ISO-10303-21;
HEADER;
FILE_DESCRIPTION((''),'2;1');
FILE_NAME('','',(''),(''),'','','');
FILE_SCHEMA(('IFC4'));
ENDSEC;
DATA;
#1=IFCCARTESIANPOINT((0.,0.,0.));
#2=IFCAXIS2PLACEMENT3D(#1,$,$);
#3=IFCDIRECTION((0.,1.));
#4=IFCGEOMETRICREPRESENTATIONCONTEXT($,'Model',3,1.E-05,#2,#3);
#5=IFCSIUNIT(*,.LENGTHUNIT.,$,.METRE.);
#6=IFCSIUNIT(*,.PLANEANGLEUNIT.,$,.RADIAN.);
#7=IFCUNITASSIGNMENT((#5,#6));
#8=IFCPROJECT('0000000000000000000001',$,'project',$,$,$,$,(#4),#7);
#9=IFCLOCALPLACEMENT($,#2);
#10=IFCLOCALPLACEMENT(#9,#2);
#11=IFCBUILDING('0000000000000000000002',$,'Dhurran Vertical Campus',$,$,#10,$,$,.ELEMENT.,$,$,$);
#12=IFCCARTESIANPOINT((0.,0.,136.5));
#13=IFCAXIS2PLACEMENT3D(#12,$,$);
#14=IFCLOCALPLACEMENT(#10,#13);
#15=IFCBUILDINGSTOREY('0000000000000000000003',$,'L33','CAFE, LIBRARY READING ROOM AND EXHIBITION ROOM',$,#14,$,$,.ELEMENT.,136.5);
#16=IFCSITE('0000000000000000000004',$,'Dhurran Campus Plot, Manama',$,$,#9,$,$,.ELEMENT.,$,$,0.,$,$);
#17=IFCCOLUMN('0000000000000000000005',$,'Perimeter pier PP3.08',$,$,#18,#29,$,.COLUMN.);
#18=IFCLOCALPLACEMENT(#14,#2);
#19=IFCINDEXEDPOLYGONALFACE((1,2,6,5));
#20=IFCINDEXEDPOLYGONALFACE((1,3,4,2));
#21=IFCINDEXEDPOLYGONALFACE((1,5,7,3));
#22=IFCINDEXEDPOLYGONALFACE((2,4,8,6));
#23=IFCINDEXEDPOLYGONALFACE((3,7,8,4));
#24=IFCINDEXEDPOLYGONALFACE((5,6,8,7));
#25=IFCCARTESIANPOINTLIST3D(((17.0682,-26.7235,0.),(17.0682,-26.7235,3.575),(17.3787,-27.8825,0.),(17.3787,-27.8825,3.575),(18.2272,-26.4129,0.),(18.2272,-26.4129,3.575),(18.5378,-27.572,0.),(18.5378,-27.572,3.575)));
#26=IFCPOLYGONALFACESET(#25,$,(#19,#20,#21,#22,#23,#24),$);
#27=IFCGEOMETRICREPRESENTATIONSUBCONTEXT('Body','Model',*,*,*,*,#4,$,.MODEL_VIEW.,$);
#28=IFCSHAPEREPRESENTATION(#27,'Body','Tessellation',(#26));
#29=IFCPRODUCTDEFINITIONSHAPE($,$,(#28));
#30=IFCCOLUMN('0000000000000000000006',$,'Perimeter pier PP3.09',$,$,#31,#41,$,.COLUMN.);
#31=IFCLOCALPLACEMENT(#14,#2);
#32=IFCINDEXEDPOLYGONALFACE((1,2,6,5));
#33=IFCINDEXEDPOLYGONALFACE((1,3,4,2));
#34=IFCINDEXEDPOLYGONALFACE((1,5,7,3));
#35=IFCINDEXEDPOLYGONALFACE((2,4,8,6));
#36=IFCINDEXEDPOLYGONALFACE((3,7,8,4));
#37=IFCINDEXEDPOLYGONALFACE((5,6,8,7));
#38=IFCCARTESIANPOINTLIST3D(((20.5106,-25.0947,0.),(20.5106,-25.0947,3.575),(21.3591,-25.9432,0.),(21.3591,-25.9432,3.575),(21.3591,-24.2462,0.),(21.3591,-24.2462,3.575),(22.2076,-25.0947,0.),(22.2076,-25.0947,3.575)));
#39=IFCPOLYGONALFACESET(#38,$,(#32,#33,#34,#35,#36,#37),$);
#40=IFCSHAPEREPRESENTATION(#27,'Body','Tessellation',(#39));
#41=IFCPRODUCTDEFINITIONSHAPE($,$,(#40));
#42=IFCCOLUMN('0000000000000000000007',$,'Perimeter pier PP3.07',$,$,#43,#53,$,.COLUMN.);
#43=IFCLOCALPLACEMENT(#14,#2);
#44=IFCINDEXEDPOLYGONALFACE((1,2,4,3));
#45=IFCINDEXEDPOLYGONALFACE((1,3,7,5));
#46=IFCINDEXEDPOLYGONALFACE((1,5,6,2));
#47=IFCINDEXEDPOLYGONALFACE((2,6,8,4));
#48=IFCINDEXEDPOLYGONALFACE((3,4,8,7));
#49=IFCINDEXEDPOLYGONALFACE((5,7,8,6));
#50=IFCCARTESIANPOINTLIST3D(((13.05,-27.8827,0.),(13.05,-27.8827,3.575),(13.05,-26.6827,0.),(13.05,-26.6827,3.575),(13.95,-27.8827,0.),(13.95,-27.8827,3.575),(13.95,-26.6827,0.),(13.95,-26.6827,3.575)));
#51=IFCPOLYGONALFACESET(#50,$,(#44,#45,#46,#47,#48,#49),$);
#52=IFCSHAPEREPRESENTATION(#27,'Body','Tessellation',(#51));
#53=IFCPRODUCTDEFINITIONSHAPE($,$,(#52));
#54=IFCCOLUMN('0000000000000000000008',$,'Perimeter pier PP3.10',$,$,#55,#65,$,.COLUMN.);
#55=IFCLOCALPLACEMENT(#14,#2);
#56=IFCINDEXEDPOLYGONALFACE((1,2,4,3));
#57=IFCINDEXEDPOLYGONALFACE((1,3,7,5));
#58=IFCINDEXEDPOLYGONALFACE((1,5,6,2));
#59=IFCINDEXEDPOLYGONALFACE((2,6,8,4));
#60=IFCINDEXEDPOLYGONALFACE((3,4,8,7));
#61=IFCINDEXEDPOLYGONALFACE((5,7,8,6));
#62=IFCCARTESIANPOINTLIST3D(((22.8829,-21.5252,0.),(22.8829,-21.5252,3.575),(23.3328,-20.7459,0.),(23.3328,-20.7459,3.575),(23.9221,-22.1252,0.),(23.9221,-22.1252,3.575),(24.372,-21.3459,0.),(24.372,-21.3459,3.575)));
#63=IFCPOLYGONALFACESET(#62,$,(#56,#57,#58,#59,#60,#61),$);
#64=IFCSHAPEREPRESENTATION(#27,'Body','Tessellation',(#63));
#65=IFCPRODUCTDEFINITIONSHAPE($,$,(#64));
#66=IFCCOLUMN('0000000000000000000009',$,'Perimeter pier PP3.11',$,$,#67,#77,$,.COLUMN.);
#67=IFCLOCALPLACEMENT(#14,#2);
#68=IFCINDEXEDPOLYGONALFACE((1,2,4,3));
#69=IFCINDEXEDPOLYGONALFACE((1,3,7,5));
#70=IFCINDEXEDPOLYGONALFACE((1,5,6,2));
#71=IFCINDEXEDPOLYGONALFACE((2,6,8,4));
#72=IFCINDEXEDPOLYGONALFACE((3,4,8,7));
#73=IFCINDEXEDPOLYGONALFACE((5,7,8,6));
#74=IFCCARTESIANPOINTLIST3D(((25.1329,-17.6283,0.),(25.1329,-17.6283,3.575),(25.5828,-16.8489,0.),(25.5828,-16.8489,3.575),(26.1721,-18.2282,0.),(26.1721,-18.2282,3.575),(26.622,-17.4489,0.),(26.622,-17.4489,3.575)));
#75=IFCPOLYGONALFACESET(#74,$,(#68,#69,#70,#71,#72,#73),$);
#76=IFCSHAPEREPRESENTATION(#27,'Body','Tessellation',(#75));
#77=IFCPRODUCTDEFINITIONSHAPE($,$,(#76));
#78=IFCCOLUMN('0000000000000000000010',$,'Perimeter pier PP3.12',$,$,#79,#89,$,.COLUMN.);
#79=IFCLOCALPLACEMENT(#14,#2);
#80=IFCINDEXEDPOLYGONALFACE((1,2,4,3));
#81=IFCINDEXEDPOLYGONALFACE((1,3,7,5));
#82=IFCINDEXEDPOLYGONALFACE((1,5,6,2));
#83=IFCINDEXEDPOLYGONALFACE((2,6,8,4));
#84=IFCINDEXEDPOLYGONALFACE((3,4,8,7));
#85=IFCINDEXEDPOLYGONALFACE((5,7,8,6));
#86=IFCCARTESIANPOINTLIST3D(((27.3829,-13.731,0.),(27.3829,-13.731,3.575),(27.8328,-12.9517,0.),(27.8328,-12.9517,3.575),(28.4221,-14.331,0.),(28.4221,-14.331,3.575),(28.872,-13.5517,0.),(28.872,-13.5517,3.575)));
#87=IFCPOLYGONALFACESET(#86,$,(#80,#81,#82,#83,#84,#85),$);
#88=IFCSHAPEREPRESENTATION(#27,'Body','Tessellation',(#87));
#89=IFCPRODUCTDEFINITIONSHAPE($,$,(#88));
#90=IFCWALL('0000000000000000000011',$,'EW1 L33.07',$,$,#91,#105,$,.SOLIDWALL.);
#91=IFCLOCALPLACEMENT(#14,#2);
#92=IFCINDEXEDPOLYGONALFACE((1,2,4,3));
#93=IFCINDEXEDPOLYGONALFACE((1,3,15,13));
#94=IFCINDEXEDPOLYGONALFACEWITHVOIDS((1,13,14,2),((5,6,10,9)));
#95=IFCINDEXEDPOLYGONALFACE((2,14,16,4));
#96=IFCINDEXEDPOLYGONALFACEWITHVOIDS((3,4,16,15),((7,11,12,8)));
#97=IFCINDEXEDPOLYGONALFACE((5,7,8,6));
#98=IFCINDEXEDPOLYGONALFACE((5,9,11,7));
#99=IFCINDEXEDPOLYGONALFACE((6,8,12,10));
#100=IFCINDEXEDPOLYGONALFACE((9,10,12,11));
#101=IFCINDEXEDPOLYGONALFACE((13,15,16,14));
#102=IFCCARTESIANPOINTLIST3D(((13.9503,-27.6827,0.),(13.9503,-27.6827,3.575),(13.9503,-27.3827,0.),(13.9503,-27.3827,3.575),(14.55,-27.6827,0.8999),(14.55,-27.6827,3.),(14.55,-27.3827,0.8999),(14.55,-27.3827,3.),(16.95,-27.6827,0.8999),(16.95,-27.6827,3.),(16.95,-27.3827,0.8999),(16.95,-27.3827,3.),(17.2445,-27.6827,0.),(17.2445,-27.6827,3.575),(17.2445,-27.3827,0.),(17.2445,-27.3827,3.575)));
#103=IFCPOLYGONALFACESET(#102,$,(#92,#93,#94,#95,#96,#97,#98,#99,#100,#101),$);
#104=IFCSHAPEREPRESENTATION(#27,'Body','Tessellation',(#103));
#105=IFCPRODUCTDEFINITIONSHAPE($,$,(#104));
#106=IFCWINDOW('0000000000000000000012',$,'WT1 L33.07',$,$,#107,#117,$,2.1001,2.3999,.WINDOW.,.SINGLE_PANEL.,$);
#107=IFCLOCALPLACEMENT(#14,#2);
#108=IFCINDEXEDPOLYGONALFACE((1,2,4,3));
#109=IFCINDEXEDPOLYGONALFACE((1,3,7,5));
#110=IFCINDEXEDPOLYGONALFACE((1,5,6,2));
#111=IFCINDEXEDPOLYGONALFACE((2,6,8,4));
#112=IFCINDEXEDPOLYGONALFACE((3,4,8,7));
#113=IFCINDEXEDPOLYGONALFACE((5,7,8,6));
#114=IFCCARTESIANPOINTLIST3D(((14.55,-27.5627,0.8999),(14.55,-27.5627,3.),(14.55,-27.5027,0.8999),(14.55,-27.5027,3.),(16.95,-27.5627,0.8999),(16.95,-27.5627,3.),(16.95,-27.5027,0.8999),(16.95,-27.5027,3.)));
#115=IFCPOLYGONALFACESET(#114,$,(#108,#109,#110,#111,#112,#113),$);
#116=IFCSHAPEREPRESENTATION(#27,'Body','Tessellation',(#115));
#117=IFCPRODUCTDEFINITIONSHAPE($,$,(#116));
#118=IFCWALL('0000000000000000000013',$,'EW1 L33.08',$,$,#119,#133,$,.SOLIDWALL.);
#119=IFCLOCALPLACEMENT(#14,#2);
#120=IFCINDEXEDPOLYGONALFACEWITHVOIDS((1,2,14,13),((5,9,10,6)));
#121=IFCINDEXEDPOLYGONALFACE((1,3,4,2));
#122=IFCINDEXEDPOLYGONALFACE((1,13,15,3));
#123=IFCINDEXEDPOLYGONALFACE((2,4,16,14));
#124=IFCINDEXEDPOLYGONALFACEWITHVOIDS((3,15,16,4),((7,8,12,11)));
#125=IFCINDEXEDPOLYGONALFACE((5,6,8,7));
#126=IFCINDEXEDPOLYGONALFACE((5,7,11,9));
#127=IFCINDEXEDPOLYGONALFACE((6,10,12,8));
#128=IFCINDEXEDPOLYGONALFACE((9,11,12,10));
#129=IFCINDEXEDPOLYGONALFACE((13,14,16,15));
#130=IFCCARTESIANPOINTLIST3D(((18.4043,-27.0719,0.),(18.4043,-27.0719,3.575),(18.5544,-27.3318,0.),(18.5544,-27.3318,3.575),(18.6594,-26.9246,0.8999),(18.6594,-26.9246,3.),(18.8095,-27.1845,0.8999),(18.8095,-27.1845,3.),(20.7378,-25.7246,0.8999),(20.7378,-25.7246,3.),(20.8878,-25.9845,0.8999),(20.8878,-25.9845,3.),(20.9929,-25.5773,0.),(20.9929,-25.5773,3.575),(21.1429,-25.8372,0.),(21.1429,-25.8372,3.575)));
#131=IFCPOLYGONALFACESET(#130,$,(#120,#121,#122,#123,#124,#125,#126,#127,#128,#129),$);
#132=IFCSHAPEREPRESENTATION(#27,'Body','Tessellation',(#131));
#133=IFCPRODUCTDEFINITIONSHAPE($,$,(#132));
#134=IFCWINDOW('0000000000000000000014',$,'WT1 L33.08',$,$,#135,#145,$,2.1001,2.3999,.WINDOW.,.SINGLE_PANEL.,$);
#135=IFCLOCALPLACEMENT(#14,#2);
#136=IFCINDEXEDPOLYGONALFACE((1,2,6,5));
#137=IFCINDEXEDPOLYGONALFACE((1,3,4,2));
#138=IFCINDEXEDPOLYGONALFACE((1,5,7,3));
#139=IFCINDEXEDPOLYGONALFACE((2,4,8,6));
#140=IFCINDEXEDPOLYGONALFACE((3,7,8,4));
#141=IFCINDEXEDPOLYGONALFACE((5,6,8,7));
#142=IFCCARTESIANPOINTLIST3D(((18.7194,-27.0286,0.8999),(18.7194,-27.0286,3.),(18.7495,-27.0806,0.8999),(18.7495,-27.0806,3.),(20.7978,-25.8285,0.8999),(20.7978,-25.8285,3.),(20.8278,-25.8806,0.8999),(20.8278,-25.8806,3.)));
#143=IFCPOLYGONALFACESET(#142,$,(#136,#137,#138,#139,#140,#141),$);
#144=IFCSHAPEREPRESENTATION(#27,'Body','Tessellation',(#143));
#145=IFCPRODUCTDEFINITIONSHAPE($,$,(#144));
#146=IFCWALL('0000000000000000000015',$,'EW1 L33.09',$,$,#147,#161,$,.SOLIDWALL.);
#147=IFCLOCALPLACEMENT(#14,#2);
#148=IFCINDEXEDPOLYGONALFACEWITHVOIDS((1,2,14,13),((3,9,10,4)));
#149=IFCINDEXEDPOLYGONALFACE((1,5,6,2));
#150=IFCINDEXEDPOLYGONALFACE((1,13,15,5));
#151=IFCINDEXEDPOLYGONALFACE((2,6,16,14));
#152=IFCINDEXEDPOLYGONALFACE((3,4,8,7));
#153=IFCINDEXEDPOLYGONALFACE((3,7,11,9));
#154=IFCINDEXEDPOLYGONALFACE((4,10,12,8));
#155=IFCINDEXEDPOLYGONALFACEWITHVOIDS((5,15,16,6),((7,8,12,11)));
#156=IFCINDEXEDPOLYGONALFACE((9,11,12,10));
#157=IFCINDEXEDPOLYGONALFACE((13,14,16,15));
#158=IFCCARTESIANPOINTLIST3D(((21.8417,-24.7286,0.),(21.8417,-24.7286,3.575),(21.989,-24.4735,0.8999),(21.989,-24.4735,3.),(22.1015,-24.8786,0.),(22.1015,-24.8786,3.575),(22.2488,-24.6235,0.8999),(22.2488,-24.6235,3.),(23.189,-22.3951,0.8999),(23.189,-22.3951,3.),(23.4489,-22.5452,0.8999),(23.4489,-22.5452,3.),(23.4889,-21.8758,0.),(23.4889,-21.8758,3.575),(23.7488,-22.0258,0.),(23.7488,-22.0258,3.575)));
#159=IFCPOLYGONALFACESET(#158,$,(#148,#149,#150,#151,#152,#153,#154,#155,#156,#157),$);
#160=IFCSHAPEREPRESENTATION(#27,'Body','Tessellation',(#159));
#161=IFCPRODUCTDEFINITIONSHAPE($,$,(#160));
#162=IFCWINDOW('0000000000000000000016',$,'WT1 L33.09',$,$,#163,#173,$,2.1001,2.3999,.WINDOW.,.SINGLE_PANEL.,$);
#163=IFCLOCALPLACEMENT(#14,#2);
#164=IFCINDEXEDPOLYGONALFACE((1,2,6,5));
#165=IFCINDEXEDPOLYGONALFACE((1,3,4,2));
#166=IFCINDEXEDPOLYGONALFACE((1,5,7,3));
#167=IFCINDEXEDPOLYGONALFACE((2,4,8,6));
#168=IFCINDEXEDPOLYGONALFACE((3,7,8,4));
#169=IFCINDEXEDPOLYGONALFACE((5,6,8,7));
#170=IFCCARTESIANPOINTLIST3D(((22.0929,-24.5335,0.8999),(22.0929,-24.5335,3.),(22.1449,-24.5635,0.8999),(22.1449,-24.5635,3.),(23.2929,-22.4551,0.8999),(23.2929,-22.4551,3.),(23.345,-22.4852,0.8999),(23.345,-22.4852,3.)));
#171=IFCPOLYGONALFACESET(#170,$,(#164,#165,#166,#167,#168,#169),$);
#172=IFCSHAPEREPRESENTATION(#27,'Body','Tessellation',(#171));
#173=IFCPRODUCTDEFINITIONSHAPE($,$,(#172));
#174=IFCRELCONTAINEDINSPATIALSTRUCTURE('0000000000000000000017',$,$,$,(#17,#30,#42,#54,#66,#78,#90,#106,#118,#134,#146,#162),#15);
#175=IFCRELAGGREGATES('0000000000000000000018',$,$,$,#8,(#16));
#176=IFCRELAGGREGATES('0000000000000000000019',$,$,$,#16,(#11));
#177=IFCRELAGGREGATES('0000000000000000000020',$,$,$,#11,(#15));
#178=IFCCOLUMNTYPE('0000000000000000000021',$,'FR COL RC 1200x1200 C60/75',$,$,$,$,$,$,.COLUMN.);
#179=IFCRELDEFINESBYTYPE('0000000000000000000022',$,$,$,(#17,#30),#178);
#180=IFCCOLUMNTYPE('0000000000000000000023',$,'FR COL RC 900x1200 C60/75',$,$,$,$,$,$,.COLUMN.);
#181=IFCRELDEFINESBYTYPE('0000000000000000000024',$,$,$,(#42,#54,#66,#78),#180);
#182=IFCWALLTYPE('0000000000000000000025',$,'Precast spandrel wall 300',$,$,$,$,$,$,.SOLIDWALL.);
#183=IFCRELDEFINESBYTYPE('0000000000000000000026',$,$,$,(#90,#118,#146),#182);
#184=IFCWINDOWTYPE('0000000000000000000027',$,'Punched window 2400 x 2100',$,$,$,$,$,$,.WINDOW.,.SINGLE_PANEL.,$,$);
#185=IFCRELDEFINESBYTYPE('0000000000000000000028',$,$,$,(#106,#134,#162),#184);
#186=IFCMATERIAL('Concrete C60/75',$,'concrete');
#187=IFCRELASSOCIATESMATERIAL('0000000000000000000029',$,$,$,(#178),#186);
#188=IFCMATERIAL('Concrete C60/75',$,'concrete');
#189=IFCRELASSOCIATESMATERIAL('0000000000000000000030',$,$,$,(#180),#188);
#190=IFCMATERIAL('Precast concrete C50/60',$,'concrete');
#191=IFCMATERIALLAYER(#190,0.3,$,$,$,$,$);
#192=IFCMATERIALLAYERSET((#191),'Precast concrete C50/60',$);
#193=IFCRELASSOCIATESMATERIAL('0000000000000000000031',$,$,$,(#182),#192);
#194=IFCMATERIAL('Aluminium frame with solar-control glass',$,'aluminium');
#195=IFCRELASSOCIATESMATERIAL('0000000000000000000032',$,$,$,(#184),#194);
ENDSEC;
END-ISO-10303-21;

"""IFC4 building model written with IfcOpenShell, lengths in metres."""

from ifc_helpers import new_model, si_unit, direction, frame, frame_2d, origin, origin_2d, place, context, subcontext, project, spatial, rectangle, extrude, material, layer, layer_set, material_profile, profile_set, type_object, element, fill, save


model = new_model("IFC4")

# Units and contexts
model_context = context("Model", 3, precision=1e-05, world=origin(), true_north=direction((0.0, 1.0)))
body_context = subcontext(model_context, "Body", "Model", "MODEL_VIEW")
ifc_project = project(units=[si_unit("LENGTHUNIT", "METRE"), si_unit("PLANEANGLEUNIT", "RADIAN")], contexts=[model_context])

# Site, building, storey
site_placement = place(None, origin())
site = spatial("IfcSite", under=ifc_project, at=site_placement, Name="Dhurran Campus Plot, Manama", CompositionType="ELEMENT", RefElevation=0.0)
building_placement = place(site_placement, origin())
building = spatial("IfcBuilding", under=site, at=building_placement, Name="Dhurran Vertical Campus", CompositionType="ELEMENT")
storey_placement = place(building_placement, frame((0.0, 0.0, 136.5)))
storey = spatial("IfcBuildingStorey", under=building, at=storey_placement, Name="L33", Description="CAFE, LIBRARY READING ROOM AND EXHIBITION ROOM", CompositionType="ELEMENT", Elevation=136.5)

# Columns
ifc_material_1 = material(Name="Concrete C60/75", Category="concrete")
ifc_material_profile_1 = material_profile(ifc_material_1, rectangle(XDim=1.2, YDim=1.2, at=origin_2d()), Name="RC 1200x1200")
ifc_profile_set_1 = profile_set([ifc_material_profile_1], Name="Concrete C60/75")
column_type_1 = type_object("IfcColumnType", Name="FR COL RC 1200x1200 C60/75", PredefinedType="COLUMN", material=ifc_profile_set_1)
for number, where, z_axis, x_axis, name in (
    (1, (17.803, -27.1477, 0.0), (0.0, 0.0, 1.0), (0.965926, 0.258819, 0.0), "Perimeter pier PP3.08"),
    (2, (21.3591, -25.0947, 0.0), (0.0, 0.0, 1.0), (0.707107, 0.707107, 0.0), "Perimeter pier PP3.09"),
):
    element("IfcColumn", number, at=place(storey_placement, frame(where, z_axis=z_axis, x_axis=x_axis)), inside=storey, type_object=column_type_1, Name=name, PredefinedType="COLUMN", context=body_context, shape_type="SweptSolid", body=[
        extrude(rectangle(XDim=1.2, YDim=1.2, at=origin_2d()), origin(), (0.0, 0.0, 1.0), 3.575),
    ])
ifc_material_2 = material(Name="Concrete C60/75", Category="concrete")
ifc_material_profile_2 = material_profile(ifc_material_2, rectangle(XDim=0.8999, YDim=1.2, at=origin_2d()), Name="RC 900x1200")
ifc_profile_set_2 = profile_set([ifc_material_profile_2], Name="Concrete C60/75")
column_type_2 = type_object("IfcColumnType", Name="FR COL RC 900x1200 C60/75", PredefinedType="COLUMN", material=ifc_profile_set_2)
for number, where, z_axis, x_axis, name in (
    (3, (13.5, -27.2827, 0.0), (0.0, 0.0, 1.0), (1.0, 0.0, 0.0), "Perimeter pier PP3.07"),
    (4, (23.6274, -21.4355, 0.0), (0.0, 0.0, 1.0), (0.5, 0.866025, 0.0), "Perimeter pier PP3.10"),
    (5, (25.8774, -17.5386, 0.0), (0.0, 0.0, 1.0), (0.5, 0.866025, 0.0), "Perimeter pier PP3.11"),
    (6, (28.1274, -13.6414, 0.0), (0.0, 0.0, 1.0), (0.5, 0.866025, 0.0), "Perimeter pier PP3.12"),
):
    element("IfcColumn", number, at=place(storey_placement, frame(where, z_axis=z_axis, x_axis=x_axis)), inside=storey, type_object=column_type_2, Name=name, PredefinedType="COLUMN", context=body_context, shape_type="SweptSolid", body=[
        extrude(rectangle(XDim=0.8999, YDim=1.2, at=origin_2d()), origin(), (0.0, 0.0, 1.0), 3.575),
    ])

# Walls, openings, windows
ifc_material_3 = material(Name="Precast concrete C50/60", Category="concrete")
ifc_layer_1 = layer(ifc_material_3, 0.3)
ifc_layer_set_1 = layer_set([ifc_layer_1], Name="Precast concrete C50/60")
wall_type_1 = type_object("IfcWallType", Name="Precast spandrel wall 300", PredefinedType="SOLIDWALL", material=ifc_layer_set_1)
wall_1_placement = place(storey_placement, frame((13.9504, -27.5327, 0.0), z_axis=(0.0, 0.0, 1.0), x_axis=(1.0, 0.0, 0.0)))
wall_1 = element("IfcWall", 7, at=wall_1_placement, inside=storey, type_object=wall_type_1, Name="EW1 L33.07", PredefinedType="SOLIDWALL", context=body_context, shape_type="SweptSolid", body=[
    extrude(rectangle(XDim=3.2942, YDim=0.3, at=frame_2d((1.647, 0.0))), origin(), (0.0, 0.0, 1.0), 3.575),
])
opening_1_placement = place(wall_1_placement, frame((0.5996, 0.0, 0.8999)))
opening_1 = element("IfcOpeningElement", 8, at=opening_1_placement, cuts=wall_1, PredefinedType="OPENING", context=body_context, shape_type="SweptSolid", body=[
    extrude(rectangle(XDim=2.3999, YDim=2.1001, at=frame_2d((1.2, 1.05))), frame((0.0, 0.1599, 0.0), z_axis=(0.0, -1.0, 0.0), x_axis=(1.0, 0.0, 0.0)), (0.0, 0.0, 1.0), 0.3201),
])
ifc_material_4 = material(Name="Aluminium frame with solar-control glass", Category="aluminium")
window_type = type_object("IfcWindowType", Name="Punched window 2400 x 2100", PartitioningType="SINGLE_PANEL", PredefinedType="WINDOW", material=ifc_material_4)
window_1_placement = place(opening_1_placement, origin())
window_1 = element("IfcWindow", 9, at=window_1_placement, inside=storey, type_object=window_type, Name="WT1 L33.07", OverallHeight=2.1001, OverallWidth=2.3999, PartitioningType="SINGLE_PANEL", PredefinedType="WINDOW", context=body_context, shape_type="SweptSolid", body=[
    extrude(rectangle(XDim=2.3999, YDim=2.1001, at=frame_2d((1.2, 1.05))), frame((0.0, 0.03, 0.0), z_axis=(0.0, -1.0, 0.0), x_axis=(1.0, 0.0, 0.0)), (0.0, 0.0, 1.0), 0.0601),
])
fill(opening_1, window_1)
wall_2_placement = place(storey_placement, frame((18.4792, -27.2019, 0.0), z_axis=(0.0, 0.0, 1.0), x_axis=(0.866013, 0.500022, 0.0)))
wall_2 = element("IfcWall", 10, at=wall_2_placement, inside=storey, type_object=wall_type_1, Name="EW1 L33.08", PredefinedType="SOLIDWALL", context=body_context, shape_type="SweptSolid", body=[
    extrude(rectangle(XDim=2.989, YDim=0.3, at=frame_2d((1.4946, 0.0))), origin(), (0.0, 0.0, 1.0), 3.575),
])
opening_2_placement = place(wall_2_placement, frame((0.2947, 0.0, 0.8999)))
opening_2 = element("IfcOpeningElement", 11, at=opening_2_placement, cuts=wall_2, PredefinedType="OPENING", context=body_context, shape_type="SweptSolid", body=[
    extrude(rectangle(XDim=2.3999, YDim=2.1001, at=frame_2d((1.2, 1.05))), frame((0.0, 0.1599, 0.0), z_axis=(0.0, -1.0, 0.0), x_axis=(1.0, 0.0, 0.0)), (0.0, 0.0, 1.0), 0.3201),
])
window_2_placement = place(opening_2_placement, origin())
window_2 = element("IfcWindow", 12, at=window_2_placement, inside=storey, type_object=window_type, Name="WT1 L33.08", OverallHeight=2.1001, OverallWidth=2.3999, PartitioningType="SINGLE_PANEL", PredefinedType="WINDOW", context=body_context, shape_type="SweptSolid", body=[
    extrude(rectangle(XDim=2.3999, YDim=2.1001, at=frame_2d((1.2, 1.05))), frame((0.0, 0.03, 0.0), z_axis=(0.0, -1.0, 0.0), x_axis=(1.0, 0.0, 0.0)), (0.0, 0.0, 1.0), 0.0601),
])
fill(opening_2, window_2)
wall_3_placement = place(storey_placement, frame((21.9717, -24.8035, 0.0), z_axis=(0.0, 0.0, 1.0), x_axis=(0.500037, 0.866004, 0.0)))
wall_3 = element("IfcWall", 13, at=wall_3_placement, inside=storey, type_object=wall_type_1, Name="EW1 L33.09", PredefinedType="SOLIDWALL", context=body_context, shape_type="SweptSolid", body=[
    extrude(rectangle(XDim=3.2942, YDim=0.3, at=frame_2d((1.647, 0.0))), origin(), (0.0, 0.0, 1.0), 3.575),
])
opening_3_placement = place(wall_3_placement, frame((0.2944, 0.0, 0.8999)))
opening_3 = element("IfcOpeningElement", 14, at=opening_3_placement, cuts=wall_3, PredefinedType="OPENING", context=body_context, shape_type="SweptSolid", body=[
    extrude(rectangle(XDim=2.3999, YDim=2.1001, at=frame_2d((1.2, 1.05))), frame((0.0, 0.1599, 0.0), z_axis=(0.0, -1.0, 0.0), x_axis=(1.0, 0.0, 0.0)), (0.0, 0.0, 1.0), 0.3201),
])
window_3_placement = place(opening_3_placement, origin())
window_3 = element("IfcWindow", 15, at=window_3_placement, inside=storey, type_object=window_type, Name="WT1 L33.09", OverallHeight=2.1001, OverallWidth=2.3999, PartitioningType="SINGLE_PANEL", PredefinedType="WINDOW", context=body_context, shape_type="SweptSolid", body=[
    extrude(rectangle(XDim=2.3999, YDim=2.1001, at=frame_2d((1.2, 1.05))), frame((0.0, 0.03, 0.0), z_axis=(0.0, -1.0, 0.0), x_axis=(1.0, 0.0, 0.0)), (0.0, 0.0, 1.0), 0.0601),
])
fill(opening_3, window_3)

save(model, "model.ifc")
